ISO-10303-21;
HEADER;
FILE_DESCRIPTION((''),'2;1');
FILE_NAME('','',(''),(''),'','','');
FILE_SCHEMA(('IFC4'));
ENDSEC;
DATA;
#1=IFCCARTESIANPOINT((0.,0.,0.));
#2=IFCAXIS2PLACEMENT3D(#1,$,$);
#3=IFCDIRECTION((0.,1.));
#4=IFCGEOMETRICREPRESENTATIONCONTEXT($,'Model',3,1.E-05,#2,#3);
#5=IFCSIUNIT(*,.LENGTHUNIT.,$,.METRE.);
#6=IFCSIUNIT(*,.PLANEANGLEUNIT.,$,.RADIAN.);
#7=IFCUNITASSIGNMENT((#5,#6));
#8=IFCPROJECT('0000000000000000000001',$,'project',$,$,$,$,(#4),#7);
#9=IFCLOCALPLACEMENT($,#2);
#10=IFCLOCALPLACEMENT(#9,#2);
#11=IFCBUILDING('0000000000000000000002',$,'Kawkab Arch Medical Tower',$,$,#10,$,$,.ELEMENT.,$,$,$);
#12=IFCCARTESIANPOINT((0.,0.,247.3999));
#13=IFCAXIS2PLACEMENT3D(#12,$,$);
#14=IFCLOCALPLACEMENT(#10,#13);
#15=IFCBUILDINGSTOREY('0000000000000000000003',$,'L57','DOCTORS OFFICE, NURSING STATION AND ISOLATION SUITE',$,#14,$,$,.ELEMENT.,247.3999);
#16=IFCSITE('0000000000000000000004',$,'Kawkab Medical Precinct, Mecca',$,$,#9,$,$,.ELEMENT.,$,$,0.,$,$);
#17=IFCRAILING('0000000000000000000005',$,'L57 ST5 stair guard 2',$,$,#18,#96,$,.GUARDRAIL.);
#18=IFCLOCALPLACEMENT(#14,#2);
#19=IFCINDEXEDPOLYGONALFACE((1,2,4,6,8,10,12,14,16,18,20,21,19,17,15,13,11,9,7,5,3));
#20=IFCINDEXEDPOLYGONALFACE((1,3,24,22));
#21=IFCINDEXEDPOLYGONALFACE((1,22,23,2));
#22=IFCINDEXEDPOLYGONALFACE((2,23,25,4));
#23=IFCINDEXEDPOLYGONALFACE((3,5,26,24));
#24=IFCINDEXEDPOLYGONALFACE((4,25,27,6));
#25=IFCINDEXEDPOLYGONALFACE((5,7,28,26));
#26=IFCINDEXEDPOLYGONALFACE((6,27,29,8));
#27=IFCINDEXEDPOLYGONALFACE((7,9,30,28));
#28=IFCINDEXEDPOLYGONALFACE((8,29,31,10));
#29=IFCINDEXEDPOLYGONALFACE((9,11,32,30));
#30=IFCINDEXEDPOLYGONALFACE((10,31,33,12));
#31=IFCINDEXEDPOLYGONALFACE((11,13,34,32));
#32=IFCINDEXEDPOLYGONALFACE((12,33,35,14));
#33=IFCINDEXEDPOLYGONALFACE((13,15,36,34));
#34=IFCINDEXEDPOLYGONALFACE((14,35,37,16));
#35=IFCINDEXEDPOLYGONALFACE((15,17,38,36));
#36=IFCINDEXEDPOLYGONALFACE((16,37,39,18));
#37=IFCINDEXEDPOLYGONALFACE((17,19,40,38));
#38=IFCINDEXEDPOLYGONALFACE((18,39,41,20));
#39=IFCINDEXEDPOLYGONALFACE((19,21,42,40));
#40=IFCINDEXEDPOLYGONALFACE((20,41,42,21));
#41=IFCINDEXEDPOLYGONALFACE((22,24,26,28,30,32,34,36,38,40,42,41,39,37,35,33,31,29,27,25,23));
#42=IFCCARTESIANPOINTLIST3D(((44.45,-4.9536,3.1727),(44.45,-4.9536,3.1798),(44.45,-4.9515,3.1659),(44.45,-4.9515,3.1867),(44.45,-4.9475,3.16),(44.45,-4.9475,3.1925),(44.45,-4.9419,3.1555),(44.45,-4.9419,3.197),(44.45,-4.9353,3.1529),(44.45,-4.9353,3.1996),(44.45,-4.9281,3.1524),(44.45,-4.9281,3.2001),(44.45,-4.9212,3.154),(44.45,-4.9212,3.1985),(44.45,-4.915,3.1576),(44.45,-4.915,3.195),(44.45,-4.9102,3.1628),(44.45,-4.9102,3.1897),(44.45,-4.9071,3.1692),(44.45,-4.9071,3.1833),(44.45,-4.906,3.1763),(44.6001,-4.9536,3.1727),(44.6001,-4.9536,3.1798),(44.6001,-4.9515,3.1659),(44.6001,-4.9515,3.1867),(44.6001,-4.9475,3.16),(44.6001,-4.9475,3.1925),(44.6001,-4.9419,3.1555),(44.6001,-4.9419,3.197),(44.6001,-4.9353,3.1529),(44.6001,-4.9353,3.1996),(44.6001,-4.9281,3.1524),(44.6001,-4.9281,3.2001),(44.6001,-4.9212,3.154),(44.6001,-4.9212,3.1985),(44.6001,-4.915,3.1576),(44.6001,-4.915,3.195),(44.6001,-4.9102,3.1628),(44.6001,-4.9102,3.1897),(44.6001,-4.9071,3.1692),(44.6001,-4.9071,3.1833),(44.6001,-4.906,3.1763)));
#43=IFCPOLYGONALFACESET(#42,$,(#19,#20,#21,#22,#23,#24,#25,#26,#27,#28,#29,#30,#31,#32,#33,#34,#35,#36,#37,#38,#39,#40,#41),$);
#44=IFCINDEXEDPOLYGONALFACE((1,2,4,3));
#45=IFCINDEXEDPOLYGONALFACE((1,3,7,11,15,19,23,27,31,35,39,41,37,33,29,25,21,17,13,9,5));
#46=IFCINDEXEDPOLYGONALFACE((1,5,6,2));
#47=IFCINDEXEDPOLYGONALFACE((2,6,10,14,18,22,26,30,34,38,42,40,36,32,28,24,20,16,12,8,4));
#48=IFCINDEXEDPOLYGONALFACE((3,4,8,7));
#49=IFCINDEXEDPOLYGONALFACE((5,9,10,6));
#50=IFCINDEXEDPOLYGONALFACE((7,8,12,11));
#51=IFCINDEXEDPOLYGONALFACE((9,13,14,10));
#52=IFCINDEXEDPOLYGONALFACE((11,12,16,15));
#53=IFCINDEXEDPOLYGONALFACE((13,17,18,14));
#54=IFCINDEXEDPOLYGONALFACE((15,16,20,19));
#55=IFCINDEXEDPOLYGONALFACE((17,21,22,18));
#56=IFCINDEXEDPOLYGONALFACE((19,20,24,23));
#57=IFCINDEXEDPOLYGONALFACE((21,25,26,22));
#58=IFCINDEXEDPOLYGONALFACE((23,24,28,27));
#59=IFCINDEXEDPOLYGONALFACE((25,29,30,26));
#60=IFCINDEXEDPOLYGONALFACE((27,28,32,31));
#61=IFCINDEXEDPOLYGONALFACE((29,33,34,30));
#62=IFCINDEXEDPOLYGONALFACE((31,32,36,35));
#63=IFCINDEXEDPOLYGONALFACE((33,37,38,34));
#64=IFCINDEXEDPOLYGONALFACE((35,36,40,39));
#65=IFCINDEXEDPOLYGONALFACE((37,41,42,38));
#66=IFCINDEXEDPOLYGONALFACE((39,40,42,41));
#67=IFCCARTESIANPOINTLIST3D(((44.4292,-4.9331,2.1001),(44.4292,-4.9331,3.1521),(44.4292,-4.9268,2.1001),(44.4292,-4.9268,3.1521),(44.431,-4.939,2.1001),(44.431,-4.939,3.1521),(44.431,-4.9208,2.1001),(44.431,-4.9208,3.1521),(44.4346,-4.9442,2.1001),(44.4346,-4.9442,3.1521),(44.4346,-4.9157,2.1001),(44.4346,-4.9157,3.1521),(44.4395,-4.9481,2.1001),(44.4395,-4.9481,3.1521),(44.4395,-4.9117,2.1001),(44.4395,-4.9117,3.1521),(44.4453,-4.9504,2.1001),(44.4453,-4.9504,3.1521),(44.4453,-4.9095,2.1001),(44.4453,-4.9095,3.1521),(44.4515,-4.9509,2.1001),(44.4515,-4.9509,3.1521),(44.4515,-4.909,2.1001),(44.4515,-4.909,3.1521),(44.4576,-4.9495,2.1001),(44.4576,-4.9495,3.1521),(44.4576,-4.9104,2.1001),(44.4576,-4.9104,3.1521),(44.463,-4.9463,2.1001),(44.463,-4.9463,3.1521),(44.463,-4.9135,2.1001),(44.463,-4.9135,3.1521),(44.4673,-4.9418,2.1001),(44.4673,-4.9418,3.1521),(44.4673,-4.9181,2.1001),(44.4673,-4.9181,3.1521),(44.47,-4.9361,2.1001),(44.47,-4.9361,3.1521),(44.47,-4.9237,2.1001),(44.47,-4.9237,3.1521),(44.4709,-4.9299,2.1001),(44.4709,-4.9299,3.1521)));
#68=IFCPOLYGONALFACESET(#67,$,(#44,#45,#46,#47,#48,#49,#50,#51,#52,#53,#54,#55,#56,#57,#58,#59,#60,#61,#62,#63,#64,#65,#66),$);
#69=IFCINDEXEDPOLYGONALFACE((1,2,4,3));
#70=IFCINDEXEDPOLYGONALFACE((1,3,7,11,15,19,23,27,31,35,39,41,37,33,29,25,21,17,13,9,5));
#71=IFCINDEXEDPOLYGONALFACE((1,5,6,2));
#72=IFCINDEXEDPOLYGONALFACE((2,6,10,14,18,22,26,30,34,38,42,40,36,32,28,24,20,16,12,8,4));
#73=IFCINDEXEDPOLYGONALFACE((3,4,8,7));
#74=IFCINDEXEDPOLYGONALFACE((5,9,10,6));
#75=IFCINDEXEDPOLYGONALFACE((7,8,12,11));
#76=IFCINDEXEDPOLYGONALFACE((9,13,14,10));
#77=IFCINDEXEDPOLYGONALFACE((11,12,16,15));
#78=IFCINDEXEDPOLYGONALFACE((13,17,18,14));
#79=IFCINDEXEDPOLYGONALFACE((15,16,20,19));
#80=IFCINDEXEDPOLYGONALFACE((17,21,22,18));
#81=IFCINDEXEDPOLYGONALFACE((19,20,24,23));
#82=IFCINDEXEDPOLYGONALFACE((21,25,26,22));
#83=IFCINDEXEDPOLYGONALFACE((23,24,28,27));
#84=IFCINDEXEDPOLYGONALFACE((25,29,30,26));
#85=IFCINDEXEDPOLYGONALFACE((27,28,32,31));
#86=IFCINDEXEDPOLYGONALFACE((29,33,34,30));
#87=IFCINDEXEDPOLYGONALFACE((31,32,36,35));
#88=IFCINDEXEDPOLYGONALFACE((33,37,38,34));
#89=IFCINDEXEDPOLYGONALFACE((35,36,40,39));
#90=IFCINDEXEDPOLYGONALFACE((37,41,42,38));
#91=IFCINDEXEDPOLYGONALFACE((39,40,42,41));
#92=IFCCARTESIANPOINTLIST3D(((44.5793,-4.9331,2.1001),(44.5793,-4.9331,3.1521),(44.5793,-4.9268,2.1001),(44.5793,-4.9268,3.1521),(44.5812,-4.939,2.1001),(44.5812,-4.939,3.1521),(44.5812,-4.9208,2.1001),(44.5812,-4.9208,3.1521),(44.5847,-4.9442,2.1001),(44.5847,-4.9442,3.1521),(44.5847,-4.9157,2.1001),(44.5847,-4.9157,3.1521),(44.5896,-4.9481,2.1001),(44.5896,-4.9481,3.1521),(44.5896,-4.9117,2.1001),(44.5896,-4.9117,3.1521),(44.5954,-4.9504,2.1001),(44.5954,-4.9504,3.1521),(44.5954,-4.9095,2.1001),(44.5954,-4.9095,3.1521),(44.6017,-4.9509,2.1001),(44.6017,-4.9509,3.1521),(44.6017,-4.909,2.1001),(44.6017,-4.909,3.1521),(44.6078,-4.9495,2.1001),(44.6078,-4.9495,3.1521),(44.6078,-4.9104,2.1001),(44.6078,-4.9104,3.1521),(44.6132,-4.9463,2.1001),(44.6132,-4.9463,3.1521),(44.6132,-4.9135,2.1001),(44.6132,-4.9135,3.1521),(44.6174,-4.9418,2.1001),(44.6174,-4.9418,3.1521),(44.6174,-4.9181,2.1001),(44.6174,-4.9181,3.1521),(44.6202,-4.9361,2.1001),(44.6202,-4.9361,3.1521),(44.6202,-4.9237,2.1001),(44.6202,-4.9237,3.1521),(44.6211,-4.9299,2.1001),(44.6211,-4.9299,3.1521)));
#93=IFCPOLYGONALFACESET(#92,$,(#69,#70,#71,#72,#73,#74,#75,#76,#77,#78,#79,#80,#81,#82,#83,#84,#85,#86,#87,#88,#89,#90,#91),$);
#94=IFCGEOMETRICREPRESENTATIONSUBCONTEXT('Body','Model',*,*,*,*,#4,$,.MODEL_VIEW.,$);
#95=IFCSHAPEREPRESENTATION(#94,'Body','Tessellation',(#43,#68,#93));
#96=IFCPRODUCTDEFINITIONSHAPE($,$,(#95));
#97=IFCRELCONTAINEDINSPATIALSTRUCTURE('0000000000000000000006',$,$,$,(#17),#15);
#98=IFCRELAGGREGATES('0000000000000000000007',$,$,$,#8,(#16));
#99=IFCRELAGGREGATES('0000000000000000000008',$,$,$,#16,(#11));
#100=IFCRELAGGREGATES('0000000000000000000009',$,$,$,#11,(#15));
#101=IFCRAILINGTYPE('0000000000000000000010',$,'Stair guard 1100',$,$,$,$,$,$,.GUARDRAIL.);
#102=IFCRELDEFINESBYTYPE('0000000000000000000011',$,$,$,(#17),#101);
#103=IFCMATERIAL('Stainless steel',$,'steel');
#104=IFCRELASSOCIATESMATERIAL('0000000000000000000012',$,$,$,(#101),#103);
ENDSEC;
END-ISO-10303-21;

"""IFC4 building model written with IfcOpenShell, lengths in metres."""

from ifc_helpers import new_model, si_unit, direction, frame, origin, origin_2d, place, context, subcontext, project, spatial, circle, extrude, material, type_object, element, save


model = new_model("IFC4")

# Units and contexts
model_context = context("Model", 3, precision=1e-05, world=origin(), true_north=direction((0.0, 1.0)))
body_context = subcontext(model_context, "Body", "Model", "MODEL_VIEW")
ifc_project = project(units=[si_unit("LENGTHUNIT", "METRE"), si_unit("PLANEANGLEUNIT", "RADIAN")], contexts=[model_context])

# Site, building, storey
site_placement = place(None, origin())
site = spatial("IfcSite", under=ifc_project, at=site_placement, Name="Kawkab Medical Precinct, Mecca", CompositionType="ELEMENT", RefElevation=0.0)
building_placement = place(site_placement, origin())
building = spatial("IfcBuilding", under=site, at=building_placement, Name="Kawkab Arch Medical Tower", CompositionType="ELEMENT")
storey_placement = place(building_placement, frame((0.0, 0.0, 247.3999)))
storey = spatial("IfcBuildingStorey", under=building, at=storey_placement, Name="L57", Description="DOCTORS OFFICE, NURSING STATION AND ISOLATION SUITE", CompositionType="ELEMENT", Elevation=247.3999)

# Railing
ifc_material_1 = material(Name="Stainless steel", Category="steel")
railing_type_1 = type_object("IfcRailingType", Name="Stair guard 1100", PredefinedType="GUARDRAIL", material=ifc_material_1)
railing_1_placement = place(storey_placement, frame((44.45, -4.9299, 2.1001)))
element("IfcRailing", 1, at=railing_1_placement, inside=storey, type_object=railing_type_1, Name="L57 ST5 stair guard 2", PredefinedType="GUARDRAIL", context=body_context, shape_type="SweptSolid", body=[
    extrude(circle(Radius=0.0239, at=origin_2d()), frame((0.0, 0.0, 1.0762), z_axis=(1.0, 0.0, 0.0), x_axis=(0.0, 1.0, 0.0)), (0.0, 0.0, 1.0), 0.1501),
    extrude(circle(Radius=0.021, at=origin_2d()), origin(), (0.0, 0.0, 1.0), 1.052),
    extrude(circle(Radius=0.021, at=origin_2d()), frame((0.1501, 0.0, 0.0)), (0.0, 0.0, 1.0), 1.052),
])

save(model, "model.ifc")
